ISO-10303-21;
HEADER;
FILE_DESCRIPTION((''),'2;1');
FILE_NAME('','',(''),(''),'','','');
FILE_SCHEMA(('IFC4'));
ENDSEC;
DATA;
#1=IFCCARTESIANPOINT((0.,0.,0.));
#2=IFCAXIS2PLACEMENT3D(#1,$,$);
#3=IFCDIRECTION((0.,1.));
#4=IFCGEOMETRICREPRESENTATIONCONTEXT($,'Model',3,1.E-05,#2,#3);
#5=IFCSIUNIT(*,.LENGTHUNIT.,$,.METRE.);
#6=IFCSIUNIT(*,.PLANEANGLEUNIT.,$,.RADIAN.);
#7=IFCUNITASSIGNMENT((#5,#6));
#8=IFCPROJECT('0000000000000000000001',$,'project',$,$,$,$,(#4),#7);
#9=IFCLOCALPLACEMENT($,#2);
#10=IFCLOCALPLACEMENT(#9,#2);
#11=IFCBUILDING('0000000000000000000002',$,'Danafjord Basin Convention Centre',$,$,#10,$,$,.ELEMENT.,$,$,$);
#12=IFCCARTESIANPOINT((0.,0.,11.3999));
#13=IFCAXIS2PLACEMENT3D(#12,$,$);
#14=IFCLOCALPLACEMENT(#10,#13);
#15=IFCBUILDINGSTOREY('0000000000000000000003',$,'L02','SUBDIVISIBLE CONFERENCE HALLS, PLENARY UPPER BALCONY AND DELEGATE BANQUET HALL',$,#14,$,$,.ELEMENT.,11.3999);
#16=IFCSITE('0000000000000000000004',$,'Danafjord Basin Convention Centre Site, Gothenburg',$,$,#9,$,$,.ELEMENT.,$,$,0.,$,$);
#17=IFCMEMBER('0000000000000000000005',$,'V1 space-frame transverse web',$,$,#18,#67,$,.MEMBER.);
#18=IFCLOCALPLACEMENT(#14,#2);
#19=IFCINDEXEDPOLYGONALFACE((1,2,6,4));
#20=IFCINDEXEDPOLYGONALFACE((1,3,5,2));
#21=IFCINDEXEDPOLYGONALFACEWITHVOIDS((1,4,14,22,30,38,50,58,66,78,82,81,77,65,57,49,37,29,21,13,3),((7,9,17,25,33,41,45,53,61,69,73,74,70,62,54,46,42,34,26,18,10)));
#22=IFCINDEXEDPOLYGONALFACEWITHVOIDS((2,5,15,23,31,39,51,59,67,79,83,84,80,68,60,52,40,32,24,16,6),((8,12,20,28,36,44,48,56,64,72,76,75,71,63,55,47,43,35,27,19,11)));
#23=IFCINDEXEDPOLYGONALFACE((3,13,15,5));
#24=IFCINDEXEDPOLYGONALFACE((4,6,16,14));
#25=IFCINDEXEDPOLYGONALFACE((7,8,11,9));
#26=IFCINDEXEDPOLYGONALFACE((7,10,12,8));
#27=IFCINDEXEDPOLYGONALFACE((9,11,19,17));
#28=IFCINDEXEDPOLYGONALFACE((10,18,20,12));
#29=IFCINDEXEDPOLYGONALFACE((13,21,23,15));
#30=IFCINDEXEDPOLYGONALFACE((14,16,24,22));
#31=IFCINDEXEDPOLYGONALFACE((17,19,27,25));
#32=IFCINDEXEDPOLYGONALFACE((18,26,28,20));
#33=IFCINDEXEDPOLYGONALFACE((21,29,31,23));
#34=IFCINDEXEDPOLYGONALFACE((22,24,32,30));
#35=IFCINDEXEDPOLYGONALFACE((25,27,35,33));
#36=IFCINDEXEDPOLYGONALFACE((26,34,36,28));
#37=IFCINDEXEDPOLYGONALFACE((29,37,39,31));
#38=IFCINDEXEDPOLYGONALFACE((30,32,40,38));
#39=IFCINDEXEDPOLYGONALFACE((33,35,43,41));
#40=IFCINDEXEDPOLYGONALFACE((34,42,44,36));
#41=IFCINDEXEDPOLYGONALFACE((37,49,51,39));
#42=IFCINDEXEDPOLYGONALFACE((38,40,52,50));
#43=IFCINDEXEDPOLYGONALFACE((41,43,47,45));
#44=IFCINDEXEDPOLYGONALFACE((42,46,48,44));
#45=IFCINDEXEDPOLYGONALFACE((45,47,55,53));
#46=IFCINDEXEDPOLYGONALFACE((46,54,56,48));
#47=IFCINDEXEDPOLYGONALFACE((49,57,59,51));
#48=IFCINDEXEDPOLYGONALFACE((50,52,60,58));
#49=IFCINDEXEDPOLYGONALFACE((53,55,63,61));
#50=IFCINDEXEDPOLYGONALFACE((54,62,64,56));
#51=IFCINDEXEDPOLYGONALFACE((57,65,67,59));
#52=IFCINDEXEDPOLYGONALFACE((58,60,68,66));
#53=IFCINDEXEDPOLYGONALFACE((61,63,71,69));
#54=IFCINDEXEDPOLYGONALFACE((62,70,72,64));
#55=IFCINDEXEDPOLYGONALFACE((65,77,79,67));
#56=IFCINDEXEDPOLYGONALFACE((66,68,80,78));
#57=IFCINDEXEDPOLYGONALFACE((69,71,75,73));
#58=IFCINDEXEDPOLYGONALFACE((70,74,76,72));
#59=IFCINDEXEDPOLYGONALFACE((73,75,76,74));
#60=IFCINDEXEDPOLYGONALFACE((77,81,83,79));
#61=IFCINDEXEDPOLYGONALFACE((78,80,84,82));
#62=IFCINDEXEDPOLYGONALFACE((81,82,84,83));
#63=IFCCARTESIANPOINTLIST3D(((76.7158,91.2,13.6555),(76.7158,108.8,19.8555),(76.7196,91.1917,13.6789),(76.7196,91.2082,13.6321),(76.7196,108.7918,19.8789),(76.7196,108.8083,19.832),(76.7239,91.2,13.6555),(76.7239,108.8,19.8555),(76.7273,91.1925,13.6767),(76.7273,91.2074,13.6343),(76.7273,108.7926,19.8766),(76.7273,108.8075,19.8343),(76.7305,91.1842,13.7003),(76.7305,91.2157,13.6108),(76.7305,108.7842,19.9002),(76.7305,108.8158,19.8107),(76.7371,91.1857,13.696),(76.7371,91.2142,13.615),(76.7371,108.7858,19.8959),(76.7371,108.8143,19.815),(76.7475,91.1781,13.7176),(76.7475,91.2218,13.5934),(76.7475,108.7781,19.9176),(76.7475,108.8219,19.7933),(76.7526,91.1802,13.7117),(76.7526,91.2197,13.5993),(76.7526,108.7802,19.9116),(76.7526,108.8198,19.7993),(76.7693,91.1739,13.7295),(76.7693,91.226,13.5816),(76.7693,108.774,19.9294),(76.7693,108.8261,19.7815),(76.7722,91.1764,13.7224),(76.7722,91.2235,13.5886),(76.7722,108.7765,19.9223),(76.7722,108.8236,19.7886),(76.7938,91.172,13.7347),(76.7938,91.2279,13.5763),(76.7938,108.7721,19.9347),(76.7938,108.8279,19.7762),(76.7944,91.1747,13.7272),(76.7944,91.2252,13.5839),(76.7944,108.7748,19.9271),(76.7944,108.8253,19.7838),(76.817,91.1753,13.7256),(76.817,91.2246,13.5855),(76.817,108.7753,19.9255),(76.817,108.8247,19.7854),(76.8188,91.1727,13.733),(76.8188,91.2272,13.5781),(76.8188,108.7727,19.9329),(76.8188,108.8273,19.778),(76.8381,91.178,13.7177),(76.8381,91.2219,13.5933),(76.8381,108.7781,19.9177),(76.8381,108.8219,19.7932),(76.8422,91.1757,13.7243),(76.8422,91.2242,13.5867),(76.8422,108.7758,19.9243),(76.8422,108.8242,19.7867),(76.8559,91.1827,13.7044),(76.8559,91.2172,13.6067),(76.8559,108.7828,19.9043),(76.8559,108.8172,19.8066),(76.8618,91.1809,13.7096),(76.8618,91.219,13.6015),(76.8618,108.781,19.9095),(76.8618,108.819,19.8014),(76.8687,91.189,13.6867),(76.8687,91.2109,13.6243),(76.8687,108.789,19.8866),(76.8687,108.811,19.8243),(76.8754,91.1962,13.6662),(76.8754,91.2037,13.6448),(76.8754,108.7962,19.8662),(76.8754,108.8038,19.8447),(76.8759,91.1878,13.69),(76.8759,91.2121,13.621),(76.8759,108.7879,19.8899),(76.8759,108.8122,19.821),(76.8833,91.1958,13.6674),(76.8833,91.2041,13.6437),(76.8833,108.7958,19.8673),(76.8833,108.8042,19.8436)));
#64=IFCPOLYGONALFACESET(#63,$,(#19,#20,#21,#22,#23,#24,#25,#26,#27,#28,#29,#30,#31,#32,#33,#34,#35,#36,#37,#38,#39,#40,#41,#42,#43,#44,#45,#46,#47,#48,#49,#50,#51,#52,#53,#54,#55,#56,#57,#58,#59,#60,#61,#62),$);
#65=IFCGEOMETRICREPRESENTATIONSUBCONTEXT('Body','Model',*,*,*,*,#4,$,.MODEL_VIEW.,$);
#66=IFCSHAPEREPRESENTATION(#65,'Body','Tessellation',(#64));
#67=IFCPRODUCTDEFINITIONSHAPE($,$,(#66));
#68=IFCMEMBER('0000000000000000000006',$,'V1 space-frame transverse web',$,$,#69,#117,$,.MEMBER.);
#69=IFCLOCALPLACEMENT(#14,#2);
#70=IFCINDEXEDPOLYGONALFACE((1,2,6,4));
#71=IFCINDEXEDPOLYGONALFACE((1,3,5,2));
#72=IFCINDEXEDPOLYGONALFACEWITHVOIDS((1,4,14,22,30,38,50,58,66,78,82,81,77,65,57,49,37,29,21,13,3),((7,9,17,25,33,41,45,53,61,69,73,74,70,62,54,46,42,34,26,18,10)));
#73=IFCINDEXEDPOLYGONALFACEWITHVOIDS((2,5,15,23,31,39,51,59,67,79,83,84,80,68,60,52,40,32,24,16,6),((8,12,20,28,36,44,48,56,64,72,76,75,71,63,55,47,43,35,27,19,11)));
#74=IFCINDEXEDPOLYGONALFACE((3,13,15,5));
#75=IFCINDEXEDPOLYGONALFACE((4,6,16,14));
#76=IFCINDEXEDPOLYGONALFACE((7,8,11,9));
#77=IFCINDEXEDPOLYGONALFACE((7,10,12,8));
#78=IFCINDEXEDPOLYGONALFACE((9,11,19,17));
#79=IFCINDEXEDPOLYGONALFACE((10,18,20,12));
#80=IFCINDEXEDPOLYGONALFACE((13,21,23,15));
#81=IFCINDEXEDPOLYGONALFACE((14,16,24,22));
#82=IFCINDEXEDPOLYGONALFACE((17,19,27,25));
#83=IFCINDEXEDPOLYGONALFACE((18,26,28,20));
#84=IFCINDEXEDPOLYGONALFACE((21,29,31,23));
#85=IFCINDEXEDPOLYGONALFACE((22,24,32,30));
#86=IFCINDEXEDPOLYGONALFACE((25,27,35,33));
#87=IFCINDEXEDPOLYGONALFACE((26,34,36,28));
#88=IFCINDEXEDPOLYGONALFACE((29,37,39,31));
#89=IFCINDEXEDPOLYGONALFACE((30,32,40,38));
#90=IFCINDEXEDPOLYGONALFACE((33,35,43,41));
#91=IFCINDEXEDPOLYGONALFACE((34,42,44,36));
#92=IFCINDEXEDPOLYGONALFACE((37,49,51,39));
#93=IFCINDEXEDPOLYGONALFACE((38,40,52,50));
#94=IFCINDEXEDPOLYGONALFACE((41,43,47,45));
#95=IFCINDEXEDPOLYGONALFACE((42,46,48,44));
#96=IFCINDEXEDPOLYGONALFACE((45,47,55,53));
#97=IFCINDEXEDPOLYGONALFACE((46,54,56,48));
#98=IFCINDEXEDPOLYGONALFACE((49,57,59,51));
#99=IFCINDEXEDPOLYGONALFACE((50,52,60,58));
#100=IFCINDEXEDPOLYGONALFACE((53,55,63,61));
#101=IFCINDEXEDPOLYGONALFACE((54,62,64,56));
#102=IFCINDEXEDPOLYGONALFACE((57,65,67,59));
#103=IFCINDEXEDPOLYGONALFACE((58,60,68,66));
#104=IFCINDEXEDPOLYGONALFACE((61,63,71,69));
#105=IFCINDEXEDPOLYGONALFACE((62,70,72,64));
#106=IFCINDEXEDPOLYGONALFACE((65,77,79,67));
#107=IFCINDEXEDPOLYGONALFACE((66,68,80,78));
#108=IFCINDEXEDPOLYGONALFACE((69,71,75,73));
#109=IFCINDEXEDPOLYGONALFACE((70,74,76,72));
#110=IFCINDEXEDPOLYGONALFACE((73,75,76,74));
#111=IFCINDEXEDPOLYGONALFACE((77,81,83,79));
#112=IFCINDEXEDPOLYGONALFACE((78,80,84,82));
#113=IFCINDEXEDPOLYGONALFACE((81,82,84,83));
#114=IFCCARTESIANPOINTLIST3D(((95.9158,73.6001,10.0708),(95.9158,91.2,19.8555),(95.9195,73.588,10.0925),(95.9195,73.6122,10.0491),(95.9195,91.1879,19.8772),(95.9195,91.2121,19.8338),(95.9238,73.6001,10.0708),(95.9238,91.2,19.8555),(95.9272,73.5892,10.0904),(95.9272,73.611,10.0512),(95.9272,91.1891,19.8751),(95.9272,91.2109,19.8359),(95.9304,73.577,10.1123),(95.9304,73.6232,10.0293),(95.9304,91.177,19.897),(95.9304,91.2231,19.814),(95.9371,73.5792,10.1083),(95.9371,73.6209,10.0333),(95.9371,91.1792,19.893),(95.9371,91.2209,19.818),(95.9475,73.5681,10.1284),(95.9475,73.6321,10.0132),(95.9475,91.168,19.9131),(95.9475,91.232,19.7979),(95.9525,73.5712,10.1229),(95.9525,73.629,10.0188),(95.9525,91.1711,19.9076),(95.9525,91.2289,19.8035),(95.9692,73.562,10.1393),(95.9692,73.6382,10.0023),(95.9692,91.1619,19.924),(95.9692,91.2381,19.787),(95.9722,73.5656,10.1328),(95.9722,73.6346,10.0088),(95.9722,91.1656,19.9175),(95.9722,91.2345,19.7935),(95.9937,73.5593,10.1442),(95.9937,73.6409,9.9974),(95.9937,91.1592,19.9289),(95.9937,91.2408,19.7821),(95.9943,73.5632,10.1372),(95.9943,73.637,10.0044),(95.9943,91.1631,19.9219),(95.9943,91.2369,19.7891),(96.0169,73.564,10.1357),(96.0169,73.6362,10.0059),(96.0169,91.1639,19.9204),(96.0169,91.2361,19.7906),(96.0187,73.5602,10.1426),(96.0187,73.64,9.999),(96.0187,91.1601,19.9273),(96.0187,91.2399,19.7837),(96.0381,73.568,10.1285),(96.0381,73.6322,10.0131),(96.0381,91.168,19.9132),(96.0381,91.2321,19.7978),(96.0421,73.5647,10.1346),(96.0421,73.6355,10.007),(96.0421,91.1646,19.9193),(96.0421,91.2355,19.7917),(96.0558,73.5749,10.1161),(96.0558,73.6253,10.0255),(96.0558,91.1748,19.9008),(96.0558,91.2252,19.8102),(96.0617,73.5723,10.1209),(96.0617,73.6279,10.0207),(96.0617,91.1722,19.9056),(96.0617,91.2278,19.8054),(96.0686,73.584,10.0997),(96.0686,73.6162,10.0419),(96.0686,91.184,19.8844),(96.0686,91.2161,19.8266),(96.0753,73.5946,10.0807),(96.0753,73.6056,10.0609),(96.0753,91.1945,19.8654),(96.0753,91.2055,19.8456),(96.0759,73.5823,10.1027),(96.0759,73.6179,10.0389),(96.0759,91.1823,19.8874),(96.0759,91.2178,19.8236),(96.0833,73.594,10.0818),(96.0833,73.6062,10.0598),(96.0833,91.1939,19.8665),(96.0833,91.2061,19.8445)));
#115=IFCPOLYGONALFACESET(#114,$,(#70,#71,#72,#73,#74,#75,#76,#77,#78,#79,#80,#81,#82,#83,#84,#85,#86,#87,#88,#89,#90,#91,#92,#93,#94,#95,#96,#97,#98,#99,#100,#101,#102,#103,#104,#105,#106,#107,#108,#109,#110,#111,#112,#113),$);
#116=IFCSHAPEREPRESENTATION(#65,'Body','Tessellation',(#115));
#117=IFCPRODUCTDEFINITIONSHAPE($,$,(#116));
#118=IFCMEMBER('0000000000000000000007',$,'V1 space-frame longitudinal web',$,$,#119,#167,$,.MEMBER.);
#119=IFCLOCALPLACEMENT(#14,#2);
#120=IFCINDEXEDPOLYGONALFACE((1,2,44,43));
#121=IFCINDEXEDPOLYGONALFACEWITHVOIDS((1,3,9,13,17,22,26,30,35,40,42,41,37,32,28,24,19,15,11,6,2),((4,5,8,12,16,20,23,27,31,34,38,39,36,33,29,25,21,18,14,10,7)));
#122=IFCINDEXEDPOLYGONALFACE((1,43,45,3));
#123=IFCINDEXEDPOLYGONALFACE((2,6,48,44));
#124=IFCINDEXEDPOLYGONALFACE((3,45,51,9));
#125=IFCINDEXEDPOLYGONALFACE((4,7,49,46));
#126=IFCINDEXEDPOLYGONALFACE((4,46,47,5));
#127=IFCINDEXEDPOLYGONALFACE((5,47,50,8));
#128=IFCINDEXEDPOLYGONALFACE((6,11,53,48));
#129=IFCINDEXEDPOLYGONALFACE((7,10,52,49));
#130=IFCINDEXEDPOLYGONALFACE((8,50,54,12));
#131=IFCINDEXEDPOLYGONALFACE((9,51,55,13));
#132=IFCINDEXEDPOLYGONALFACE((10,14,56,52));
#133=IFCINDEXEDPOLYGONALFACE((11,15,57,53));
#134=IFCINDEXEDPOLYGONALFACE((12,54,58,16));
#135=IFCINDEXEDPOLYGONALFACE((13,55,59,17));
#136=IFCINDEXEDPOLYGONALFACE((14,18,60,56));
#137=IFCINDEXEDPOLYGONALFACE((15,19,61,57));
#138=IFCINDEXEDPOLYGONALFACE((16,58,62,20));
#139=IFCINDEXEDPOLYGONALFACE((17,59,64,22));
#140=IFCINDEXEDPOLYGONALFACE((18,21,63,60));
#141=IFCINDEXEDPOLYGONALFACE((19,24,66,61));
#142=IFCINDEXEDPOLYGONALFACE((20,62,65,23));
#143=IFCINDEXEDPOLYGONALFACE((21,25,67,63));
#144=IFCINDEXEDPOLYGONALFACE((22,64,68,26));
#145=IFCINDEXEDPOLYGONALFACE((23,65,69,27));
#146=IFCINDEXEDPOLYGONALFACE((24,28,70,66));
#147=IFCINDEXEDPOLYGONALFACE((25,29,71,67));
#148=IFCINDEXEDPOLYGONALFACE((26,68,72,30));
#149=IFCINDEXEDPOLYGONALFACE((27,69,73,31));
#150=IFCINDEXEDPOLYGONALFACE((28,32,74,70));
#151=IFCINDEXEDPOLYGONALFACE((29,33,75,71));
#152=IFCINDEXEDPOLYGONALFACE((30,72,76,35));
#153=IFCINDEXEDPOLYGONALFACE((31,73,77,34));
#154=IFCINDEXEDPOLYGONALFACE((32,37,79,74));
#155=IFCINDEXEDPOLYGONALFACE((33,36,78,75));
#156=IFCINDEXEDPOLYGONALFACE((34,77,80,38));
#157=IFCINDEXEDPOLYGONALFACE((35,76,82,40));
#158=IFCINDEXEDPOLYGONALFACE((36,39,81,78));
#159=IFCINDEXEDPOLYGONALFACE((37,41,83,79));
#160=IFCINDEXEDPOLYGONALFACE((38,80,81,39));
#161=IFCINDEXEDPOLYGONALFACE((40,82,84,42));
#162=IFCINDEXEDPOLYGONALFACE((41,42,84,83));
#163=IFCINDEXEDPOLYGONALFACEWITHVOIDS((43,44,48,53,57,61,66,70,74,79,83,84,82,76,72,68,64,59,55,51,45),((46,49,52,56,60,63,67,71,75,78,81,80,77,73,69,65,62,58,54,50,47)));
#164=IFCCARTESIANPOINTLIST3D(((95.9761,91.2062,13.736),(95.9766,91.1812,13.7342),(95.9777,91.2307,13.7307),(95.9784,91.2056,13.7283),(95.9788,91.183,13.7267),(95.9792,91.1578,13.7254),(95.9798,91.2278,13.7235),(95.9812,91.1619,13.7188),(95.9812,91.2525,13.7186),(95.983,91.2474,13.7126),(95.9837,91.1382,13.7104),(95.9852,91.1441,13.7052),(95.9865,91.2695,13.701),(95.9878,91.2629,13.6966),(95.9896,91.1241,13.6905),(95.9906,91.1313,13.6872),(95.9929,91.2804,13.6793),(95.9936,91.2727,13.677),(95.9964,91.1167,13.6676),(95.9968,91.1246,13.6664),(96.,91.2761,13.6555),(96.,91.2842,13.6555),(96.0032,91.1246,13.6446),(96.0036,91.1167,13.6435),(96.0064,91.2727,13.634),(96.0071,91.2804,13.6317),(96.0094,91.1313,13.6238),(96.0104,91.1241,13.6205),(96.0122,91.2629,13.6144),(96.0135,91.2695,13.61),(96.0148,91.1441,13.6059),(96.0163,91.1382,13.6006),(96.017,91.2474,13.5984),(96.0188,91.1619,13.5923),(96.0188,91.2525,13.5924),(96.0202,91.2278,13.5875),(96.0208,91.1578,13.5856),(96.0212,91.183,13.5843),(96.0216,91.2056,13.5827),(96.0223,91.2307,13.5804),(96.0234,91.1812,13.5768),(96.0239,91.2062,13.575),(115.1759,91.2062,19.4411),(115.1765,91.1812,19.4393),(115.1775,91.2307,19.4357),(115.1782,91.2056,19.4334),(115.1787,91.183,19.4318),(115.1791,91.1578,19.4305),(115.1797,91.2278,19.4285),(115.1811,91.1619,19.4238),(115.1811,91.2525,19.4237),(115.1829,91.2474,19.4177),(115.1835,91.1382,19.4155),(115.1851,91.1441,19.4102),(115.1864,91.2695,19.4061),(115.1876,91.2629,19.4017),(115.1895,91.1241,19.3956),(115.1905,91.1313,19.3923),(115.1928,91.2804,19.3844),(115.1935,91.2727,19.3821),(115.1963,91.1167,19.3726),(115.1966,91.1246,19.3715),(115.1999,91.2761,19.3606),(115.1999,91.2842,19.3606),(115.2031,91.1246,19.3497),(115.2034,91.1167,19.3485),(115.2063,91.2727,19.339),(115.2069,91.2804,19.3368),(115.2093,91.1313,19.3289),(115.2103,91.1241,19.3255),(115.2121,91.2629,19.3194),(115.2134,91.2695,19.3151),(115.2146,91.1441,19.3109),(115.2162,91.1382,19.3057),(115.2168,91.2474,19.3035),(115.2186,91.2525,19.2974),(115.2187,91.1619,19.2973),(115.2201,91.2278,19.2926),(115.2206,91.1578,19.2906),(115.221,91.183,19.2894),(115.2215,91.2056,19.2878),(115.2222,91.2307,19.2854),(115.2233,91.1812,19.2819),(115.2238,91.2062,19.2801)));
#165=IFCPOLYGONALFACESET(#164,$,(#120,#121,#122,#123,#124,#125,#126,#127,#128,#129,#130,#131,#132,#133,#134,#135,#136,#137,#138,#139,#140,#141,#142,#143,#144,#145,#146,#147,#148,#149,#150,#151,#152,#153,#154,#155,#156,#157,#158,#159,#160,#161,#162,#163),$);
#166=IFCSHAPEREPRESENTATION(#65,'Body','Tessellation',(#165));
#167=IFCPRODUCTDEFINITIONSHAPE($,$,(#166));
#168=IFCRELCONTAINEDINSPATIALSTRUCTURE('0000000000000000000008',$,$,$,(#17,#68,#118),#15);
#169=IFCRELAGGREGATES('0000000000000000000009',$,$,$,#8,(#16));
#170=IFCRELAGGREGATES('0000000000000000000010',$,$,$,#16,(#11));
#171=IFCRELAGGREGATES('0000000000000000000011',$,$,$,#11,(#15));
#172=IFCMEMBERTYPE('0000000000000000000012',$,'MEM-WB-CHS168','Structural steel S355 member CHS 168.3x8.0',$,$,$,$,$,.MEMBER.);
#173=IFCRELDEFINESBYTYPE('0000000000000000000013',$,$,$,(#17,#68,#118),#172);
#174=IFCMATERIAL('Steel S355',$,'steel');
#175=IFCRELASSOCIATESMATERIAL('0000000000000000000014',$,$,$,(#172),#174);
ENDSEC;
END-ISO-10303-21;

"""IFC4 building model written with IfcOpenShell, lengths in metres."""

from ifc_helpers import new_model, si_unit, direction, frame, origin, origin_2d, place, context, subcontext, project, spatial, hollow_circle, extrude, material, material_profile, profile_set, type_object, element, save


model = new_model("IFC4")

# Units and contexts
model_context = context("Model", 3, precision=1e-05, world=origin(), true_north=direction((0.0, 1.0)))
body_context = subcontext(model_context, "Body", "Model", "MODEL_VIEW")
ifc_project = project(units=[si_unit("LENGTHUNIT", "METRE"), si_unit("PLANEANGLEUNIT", "RADIAN")], contexts=[model_context])

# Site, building, storey
site_placement = place(None, origin())
site = spatial("IfcSite", under=ifc_project, at=site_placement, Name="Danafjord Basin Convention Centre Site, Gothenburg", CompositionType="ELEMENT", RefElevation=0.0)
building_placement = place(site_placement, origin())
building = spatial("IfcBuilding", under=site, at=building_placement, Name="Danafjord Basin Convention Centre", CompositionType="ELEMENT")
storey_placement = place(building_placement, frame((0.0, 0.0, 11.3999)))
storey = spatial("IfcBuildingStorey", under=building, at=storey_placement, Name="L02", Description="SUBDIVISIBLE CONFERENCE HALLS, PLENARY UPPER BALCONY AND DELEGATE BANQUET HALL", CompositionType="ELEMENT", Elevation=11.3999)

# Members
ifc_material = material(Name="Steel S355", Category="steel")
ifc_material_profile_1 = material_profile(ifc_material, hollow_circle(Radius=0.0842, WallThickness=0.0081, at=origin_2d()), Name="CHS 168.3x8.0")
ifc_profile_set_1 = profile_set([ifc_material_profile_1], Name="Steel S355")
member_type_1 = type_object("IfcMemberType", Name="MEM-WB-CHS168", Description="Structural steel S355 member CHS 168.3x8.0", PredefinedType="MEMBER", material=ifc_profile_set_1)
member_1_placement = place(storey_placement, frame((76.8, 91.2, 13.6555), z_axis=(0.0, 0.943189, 0.332255), x_axis=(-1.0, 0.0, 0.0)))
element("IfcMember", 1, at=member_1_placement, inside=storey, type_object=member_type_1, Name="V1 space-frame transverse web", PredefinedType="MEMBER", context=body_context, shape_type="SweptSolid", body=[
    extrude(hollow_circle(Radius=0.0842, WallThickness=0.0081, at=origin_2d()), origin(), (0.0, 0.0, 1.0), 18.6602),
])
member_2_placement = place(storey_placement, frame((96.0, 73.6001, 10.0708), z_axis=(0.0, 0.87401, 0.485907), x_axis=(-1.0, 0.0, 0.0)))
element("IfcMember", 2, at=member_2_placement, inside=storey, type_object=member_type_1, Name="V1 space-frame transverse web", PredefinedType="MEMBER", context=body_context, shape_type="SweptSolid", body=[
    extrude(hollow_circle(Radius=0.0842, WallThickness=0.0081, at=origin_2d()), origin(), (0.0, 0.0, 1.0), 20.137),
])
member_3_placement = place(storey_placement, frame((96.0, 91.2, 13.6555), z_axis=(0.958577, 0.0, 0.284832), x_axis=(0.0, 1.0, 0.0)))
element("IfcMember", 3, at=member_3_placement, inside=storey, type_object=member_type_1, Name="V1 space-frame longitudinal web", PredefinedType="MEMBER", context=body_context, shape_type="SweptSolid", body=[
    extrude(hollow_circle(Radius=0.0842, WallThickness=0.0081, at=origin_2d()), origin(), (0.0, 0.0, 1.0), 20.0295),
])

save(model, "model.ifc")
